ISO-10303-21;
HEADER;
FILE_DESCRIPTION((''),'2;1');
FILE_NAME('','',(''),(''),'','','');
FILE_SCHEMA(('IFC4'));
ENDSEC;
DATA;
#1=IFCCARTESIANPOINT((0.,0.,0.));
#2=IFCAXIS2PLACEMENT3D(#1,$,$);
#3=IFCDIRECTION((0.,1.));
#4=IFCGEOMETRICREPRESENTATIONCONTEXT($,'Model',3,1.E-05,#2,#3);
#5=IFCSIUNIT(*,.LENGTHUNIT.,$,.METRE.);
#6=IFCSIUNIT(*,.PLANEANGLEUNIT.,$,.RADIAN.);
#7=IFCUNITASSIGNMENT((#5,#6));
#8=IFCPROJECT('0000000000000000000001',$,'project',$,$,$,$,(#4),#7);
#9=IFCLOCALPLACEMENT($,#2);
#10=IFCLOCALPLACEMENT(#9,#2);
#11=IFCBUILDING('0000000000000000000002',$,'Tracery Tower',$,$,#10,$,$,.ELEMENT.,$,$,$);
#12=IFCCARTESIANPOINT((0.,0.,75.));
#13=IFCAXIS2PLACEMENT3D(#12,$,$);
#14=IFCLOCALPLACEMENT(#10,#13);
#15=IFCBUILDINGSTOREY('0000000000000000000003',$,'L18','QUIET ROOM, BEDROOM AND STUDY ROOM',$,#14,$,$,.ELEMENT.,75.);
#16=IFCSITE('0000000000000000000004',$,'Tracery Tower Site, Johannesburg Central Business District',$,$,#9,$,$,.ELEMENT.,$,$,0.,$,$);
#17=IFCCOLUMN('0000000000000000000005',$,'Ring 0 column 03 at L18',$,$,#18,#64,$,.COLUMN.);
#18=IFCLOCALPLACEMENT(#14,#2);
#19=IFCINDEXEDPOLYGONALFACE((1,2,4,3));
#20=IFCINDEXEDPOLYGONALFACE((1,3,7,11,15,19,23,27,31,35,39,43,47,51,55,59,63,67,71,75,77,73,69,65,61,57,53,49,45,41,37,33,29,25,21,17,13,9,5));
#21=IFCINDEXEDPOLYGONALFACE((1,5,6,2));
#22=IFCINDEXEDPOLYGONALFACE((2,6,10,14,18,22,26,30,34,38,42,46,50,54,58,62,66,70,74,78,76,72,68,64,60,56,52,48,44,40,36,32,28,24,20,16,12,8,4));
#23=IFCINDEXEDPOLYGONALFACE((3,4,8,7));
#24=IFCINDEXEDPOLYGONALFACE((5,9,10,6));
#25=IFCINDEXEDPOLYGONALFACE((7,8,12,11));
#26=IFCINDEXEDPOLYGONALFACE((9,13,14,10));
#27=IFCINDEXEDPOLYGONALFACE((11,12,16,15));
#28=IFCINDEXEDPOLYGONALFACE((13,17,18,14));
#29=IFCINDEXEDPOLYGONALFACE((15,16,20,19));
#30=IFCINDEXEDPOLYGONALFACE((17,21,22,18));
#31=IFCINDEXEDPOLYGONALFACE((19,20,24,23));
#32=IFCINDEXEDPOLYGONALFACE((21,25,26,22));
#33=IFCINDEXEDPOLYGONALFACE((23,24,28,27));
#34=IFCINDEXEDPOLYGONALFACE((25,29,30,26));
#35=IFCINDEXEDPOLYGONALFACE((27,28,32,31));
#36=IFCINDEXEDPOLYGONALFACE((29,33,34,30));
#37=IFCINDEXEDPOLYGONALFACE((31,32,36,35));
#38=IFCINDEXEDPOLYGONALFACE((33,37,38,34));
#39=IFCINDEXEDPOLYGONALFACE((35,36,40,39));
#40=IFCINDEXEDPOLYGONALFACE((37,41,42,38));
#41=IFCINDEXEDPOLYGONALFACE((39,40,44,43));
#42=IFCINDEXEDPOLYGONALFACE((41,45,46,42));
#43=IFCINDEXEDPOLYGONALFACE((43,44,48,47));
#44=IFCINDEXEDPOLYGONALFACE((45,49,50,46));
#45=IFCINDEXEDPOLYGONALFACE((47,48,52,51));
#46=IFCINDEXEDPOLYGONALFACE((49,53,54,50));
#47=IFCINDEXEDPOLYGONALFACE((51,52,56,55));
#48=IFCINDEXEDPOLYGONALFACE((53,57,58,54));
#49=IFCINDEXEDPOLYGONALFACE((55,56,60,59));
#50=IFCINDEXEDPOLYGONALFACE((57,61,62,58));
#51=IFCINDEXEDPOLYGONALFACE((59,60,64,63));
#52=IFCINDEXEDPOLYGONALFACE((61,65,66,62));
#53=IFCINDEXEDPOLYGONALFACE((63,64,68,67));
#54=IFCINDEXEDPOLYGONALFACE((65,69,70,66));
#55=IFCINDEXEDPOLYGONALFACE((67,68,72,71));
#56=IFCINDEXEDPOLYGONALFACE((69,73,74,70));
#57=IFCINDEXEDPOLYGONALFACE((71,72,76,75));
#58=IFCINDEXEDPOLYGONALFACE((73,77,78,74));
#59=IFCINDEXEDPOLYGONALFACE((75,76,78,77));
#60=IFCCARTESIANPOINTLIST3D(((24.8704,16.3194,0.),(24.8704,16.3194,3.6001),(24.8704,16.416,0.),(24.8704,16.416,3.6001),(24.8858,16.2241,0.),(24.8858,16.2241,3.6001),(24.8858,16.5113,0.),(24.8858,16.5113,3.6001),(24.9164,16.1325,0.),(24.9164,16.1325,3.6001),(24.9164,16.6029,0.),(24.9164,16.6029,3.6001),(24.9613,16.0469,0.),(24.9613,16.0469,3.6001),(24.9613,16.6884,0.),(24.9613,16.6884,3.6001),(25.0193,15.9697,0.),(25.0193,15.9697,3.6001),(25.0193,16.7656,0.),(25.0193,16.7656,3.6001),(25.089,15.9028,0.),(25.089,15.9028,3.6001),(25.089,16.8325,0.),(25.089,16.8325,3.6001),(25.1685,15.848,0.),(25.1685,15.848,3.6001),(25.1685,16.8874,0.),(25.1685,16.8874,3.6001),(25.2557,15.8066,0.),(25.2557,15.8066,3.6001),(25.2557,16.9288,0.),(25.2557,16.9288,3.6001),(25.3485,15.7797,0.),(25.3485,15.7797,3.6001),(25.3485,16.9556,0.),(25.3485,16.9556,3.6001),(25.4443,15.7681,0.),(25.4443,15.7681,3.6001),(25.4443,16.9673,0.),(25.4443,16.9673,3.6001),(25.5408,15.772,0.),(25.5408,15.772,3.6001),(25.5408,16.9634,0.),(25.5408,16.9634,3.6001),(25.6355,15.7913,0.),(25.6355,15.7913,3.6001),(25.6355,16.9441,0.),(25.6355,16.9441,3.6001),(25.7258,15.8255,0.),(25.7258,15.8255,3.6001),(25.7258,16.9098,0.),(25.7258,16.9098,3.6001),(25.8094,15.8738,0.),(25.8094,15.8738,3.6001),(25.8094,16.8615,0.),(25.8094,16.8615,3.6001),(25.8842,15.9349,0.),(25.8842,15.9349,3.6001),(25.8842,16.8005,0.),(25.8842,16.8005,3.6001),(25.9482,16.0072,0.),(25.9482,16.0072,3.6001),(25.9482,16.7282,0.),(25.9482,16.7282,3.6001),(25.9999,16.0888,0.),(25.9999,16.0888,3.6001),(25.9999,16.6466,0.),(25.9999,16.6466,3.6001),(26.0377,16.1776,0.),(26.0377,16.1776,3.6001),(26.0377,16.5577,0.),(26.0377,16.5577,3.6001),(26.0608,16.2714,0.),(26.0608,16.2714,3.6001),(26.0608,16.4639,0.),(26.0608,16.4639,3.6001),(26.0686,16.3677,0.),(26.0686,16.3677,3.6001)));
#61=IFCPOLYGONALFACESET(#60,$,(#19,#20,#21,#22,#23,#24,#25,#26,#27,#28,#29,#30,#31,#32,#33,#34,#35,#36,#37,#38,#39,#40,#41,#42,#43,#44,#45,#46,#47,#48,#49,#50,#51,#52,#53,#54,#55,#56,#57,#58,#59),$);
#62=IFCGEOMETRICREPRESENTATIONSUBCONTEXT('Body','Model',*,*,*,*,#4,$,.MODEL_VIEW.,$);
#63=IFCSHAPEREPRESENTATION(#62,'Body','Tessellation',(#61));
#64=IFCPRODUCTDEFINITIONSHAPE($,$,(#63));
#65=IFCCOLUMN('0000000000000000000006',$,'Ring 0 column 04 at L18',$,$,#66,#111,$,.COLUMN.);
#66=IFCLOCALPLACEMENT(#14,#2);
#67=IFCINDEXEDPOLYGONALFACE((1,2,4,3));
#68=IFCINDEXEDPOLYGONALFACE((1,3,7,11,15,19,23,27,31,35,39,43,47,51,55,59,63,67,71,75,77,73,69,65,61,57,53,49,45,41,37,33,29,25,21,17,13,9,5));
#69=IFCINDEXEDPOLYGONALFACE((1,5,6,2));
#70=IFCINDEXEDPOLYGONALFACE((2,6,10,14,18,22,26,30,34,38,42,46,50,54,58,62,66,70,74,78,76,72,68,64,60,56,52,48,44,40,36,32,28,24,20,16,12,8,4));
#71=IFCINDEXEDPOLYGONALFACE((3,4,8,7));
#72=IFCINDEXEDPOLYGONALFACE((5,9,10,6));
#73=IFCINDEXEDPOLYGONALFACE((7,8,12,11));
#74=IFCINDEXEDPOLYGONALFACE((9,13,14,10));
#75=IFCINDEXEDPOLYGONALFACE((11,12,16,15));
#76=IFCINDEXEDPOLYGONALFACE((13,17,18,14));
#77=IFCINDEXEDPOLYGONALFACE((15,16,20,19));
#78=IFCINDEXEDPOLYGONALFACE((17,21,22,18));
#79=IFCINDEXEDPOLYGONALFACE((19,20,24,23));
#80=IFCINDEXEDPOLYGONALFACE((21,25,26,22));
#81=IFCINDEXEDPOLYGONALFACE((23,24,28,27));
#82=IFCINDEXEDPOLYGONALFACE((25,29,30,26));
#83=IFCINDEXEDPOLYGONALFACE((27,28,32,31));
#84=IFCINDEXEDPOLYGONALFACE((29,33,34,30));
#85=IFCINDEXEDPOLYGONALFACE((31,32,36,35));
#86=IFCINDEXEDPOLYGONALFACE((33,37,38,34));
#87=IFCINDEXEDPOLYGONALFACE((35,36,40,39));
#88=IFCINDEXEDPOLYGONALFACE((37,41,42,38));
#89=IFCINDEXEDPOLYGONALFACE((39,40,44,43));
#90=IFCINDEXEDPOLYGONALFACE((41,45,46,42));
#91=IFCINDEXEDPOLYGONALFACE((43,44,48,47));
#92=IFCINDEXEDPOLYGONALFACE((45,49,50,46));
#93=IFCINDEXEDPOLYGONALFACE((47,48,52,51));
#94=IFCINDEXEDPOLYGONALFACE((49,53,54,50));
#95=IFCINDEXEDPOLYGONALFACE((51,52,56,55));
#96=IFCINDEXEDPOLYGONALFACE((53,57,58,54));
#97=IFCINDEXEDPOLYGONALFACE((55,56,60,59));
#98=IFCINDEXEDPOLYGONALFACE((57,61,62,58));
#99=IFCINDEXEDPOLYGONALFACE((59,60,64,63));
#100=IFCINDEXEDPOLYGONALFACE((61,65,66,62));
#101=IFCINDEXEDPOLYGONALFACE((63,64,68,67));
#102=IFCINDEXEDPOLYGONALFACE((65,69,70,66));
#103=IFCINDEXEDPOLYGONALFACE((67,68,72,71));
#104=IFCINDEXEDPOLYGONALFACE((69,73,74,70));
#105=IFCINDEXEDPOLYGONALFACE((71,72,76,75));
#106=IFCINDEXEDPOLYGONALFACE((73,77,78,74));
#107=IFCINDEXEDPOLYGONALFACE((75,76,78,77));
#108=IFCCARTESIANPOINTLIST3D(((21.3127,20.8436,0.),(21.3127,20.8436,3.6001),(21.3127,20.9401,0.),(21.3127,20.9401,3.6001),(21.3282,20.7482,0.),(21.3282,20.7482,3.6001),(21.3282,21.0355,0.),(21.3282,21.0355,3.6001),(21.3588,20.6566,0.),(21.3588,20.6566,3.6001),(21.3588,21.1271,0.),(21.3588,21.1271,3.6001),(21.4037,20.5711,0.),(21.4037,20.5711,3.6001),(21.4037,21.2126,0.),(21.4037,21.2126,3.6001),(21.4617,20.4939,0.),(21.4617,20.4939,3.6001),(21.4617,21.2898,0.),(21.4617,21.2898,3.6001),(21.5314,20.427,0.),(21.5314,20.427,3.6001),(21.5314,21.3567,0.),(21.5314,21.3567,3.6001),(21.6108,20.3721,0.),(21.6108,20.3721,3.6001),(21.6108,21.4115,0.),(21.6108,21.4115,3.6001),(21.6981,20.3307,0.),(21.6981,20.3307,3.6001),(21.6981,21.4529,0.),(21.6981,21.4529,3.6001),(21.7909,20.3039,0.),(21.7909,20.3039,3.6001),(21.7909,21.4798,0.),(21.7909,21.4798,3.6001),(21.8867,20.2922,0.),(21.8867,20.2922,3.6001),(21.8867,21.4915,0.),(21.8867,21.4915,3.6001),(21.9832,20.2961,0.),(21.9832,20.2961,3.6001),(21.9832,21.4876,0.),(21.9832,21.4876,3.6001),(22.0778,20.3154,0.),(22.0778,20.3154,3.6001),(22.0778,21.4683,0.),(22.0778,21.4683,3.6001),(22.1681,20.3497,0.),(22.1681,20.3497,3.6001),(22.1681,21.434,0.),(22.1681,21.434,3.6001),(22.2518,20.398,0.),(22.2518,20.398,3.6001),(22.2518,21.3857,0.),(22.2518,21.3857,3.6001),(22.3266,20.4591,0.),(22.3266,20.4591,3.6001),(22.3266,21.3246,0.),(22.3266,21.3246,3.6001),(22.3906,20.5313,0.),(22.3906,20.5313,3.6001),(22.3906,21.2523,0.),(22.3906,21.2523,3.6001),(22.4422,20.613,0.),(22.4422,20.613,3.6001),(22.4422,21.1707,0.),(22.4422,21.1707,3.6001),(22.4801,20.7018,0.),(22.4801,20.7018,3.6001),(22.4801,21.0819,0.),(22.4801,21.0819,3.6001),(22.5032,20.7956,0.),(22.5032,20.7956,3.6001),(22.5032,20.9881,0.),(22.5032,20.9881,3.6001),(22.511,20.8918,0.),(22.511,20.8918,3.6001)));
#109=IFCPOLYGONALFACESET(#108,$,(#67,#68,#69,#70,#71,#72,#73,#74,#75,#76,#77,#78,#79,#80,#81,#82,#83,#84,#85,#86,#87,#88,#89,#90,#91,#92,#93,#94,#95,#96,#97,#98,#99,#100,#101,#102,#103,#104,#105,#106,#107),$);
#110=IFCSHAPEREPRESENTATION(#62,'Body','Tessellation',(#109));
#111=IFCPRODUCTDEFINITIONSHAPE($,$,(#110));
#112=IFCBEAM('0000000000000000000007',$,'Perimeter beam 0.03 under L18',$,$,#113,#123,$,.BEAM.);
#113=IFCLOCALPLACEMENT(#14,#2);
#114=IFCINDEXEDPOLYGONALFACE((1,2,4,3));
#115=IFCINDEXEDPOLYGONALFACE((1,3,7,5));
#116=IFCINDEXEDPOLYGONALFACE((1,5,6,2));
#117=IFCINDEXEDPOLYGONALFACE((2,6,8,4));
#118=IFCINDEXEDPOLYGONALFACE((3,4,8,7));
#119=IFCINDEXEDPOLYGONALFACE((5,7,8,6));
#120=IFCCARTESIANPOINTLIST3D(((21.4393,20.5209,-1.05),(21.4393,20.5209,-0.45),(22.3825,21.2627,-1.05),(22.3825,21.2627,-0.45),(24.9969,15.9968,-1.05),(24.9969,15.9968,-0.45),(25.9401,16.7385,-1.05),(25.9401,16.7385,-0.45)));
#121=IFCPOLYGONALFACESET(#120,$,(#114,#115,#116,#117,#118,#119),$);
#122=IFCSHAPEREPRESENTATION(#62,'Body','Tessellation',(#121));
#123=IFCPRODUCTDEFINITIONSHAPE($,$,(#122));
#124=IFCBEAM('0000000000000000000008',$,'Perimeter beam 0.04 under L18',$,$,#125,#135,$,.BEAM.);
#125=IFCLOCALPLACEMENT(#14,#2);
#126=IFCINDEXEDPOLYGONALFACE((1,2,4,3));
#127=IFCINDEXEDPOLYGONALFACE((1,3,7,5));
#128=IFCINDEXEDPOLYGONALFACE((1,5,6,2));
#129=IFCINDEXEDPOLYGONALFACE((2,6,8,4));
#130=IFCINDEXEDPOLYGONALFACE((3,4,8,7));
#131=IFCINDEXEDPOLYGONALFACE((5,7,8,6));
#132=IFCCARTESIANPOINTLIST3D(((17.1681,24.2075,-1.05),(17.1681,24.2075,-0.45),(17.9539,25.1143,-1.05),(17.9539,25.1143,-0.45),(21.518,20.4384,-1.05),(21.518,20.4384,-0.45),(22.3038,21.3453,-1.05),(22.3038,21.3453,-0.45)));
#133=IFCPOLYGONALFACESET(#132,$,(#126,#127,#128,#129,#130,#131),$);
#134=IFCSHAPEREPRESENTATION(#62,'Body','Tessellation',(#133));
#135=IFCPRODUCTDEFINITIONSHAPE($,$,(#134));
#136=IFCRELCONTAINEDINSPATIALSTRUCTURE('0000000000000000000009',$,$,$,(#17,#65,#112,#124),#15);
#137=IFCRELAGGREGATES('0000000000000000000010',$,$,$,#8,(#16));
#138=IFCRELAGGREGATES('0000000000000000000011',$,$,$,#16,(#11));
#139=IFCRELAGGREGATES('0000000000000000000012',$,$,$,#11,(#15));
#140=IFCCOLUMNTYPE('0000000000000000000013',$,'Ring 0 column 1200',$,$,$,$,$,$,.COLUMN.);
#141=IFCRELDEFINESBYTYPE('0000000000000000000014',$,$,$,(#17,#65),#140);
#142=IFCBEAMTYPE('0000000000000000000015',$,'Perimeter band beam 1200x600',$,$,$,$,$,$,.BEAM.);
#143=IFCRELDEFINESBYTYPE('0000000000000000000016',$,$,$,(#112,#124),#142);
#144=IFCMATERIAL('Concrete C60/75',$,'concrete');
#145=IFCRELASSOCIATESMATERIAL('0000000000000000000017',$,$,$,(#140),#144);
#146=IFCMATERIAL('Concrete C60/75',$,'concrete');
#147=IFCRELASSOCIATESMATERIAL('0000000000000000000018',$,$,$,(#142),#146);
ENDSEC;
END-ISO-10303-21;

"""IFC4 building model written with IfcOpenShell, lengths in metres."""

from ifc_helpers import new_model, si_unit, direction, frame, origin, origin_2d, place, context, subcontext, project, spatial, rectangle, circle, extrude, material, material_profile, profile_set, type_object, element, save


model = new_model("IFC4")

# Units and contexts
model_context = context("Model", 3, precision=1e-05, world=origin(), true_north=direction((0.0, 1.0)))
body_context = subcontext(model_context, "Body", "Model", "MODEL_VIEW")
ifc_project = project(units=[si_unit("LENGTHUNIT", "METRE"), si_unit("PLANEANGLEUNIT", "RADIAN")], contexts=[model_context])

# Site, building, storey
site_placement = place(None, origin())
site = spatial("IfcSite", under=ifc_project, at=site_placement, Name="Tracery Tower Site, Johannesburg Central Business District", CompositionType="ELEMENT", RefElevation=0.0)
building_placement = place(site_placement, origin())
building = spatial("IfcBuilding", under=site, at=building_placement, Name="Tracery Tower", CompositionType="ELEMENT")
storey_placement = place(building_placement, frame((0.0, 0.0, 75.0)))
storey = spatial("IfcBuildingStorey", under=building, at=storey_placement, Name="L18", Description="QUIET ROOM, BEDROOM AND STUDY ROOM", CompositionType="ELEMENT", Elevation=75.0)

# Columns
ifc_material_1 = material(Name="Concrete C60/75", Category="concrete")
ifc_material_profile_1 = material_profile(ifc_material_1, circle(Radius=0.6001, at=origin_2d()), Name="RC D1200")
ifc_profile_set_1 = profile_set([ifc_material_profile_1], Name="Concrete C60/75")
column_type = type_object("IfcColumnType", Name="Ring 0 column 1200", PredefinedType="COLUMN", material=ifc_profile_set_1)
for number, where, z_axis, x_axis, name in (
    (1, (25.4685, 16.3677, 0.0), (0.0, 0.0, 1.0), (1.0, 0.0, 0.0), "Ring 0 column 03 at L18"),
    (2, (21.9109, 20.8918, 0.0), (0.0, 0.0, 1.0), (1.0, 0.0, 0.0), "Ring 0 column 04 at L18"),
):
    element("IfcColumn", number, at=place(storey_placement, frame(where, z_axis=z_axis, x_axis=x_axis)), inside=storey, type_object=column_type, Name=name, PredefinedType="COLUMN", context=body_context, shape_type="SweptSolid", body=[
        extrude(circle(Radius=0.6001, at=origin_2d()), origin(), (0.0, 0.0, 1.0), 3.6001),
    ])

# Beams
ifc_material_2 = material(Name="Concrete C60/75", Category="concrete")
ifc_material_profile_2 = material_profile(ifc_material_2, rectangle(XDim=1.2, YDim=0.6001, at=origin_2d()), Name="RC 1200x600")
ifc_profile_set_2 = profile_set([ifc_material_profile_2], Name="Concrete C60/75")
beam_type = type_object("IfcBeamType", Name="Perimeter band beam 1200x600", PredefinedType="BEAM", material=ifc_profile_set_2)
beam_1_placement = place(storey_placement, frame((25.4685, 16.3677, -0.75), z_axis=(-0.618134, 0.786072, 0.0), x_axis=(-0.786072, -0.618134, 0.0)))
element("IfcBeam", 3, at=beam_1_placement, inside=storey, type_object=beam_type, Name="Perimeter beam 0.03 under L18", PredefinedType="BEAM", context=body_context, shape_type="SweptSolid", body=[
    extrude(rectangle(XDim=1.2, YDim=0.6001, at=origin_2d()), origin(), (0.0, 0.0, 1.0), 5.7554),
])
beam_2_placement = place(storey_placement, frame((21.9109, 20.8918, -0.75), z_axis=(-0.75576, 0.654848, 0.0), x_axis=(-0.654848, -0.75576, 0.0)))
element("IfcBeam", 4, at=beam_2_placement, inside=storey, type_object=beam_type, Name="Perimeter beam 0.04 under L18", PredefinedType="BEAM", context=body_context, shape_type="SweptSolid", body=[
    extrude(rectangle(XDim=1.2, YDim=0.6001, at=origin_2d()), origin(), (0.0, 0.0, 1.0), 5.7556),
])

save(model, "model.ifc")
